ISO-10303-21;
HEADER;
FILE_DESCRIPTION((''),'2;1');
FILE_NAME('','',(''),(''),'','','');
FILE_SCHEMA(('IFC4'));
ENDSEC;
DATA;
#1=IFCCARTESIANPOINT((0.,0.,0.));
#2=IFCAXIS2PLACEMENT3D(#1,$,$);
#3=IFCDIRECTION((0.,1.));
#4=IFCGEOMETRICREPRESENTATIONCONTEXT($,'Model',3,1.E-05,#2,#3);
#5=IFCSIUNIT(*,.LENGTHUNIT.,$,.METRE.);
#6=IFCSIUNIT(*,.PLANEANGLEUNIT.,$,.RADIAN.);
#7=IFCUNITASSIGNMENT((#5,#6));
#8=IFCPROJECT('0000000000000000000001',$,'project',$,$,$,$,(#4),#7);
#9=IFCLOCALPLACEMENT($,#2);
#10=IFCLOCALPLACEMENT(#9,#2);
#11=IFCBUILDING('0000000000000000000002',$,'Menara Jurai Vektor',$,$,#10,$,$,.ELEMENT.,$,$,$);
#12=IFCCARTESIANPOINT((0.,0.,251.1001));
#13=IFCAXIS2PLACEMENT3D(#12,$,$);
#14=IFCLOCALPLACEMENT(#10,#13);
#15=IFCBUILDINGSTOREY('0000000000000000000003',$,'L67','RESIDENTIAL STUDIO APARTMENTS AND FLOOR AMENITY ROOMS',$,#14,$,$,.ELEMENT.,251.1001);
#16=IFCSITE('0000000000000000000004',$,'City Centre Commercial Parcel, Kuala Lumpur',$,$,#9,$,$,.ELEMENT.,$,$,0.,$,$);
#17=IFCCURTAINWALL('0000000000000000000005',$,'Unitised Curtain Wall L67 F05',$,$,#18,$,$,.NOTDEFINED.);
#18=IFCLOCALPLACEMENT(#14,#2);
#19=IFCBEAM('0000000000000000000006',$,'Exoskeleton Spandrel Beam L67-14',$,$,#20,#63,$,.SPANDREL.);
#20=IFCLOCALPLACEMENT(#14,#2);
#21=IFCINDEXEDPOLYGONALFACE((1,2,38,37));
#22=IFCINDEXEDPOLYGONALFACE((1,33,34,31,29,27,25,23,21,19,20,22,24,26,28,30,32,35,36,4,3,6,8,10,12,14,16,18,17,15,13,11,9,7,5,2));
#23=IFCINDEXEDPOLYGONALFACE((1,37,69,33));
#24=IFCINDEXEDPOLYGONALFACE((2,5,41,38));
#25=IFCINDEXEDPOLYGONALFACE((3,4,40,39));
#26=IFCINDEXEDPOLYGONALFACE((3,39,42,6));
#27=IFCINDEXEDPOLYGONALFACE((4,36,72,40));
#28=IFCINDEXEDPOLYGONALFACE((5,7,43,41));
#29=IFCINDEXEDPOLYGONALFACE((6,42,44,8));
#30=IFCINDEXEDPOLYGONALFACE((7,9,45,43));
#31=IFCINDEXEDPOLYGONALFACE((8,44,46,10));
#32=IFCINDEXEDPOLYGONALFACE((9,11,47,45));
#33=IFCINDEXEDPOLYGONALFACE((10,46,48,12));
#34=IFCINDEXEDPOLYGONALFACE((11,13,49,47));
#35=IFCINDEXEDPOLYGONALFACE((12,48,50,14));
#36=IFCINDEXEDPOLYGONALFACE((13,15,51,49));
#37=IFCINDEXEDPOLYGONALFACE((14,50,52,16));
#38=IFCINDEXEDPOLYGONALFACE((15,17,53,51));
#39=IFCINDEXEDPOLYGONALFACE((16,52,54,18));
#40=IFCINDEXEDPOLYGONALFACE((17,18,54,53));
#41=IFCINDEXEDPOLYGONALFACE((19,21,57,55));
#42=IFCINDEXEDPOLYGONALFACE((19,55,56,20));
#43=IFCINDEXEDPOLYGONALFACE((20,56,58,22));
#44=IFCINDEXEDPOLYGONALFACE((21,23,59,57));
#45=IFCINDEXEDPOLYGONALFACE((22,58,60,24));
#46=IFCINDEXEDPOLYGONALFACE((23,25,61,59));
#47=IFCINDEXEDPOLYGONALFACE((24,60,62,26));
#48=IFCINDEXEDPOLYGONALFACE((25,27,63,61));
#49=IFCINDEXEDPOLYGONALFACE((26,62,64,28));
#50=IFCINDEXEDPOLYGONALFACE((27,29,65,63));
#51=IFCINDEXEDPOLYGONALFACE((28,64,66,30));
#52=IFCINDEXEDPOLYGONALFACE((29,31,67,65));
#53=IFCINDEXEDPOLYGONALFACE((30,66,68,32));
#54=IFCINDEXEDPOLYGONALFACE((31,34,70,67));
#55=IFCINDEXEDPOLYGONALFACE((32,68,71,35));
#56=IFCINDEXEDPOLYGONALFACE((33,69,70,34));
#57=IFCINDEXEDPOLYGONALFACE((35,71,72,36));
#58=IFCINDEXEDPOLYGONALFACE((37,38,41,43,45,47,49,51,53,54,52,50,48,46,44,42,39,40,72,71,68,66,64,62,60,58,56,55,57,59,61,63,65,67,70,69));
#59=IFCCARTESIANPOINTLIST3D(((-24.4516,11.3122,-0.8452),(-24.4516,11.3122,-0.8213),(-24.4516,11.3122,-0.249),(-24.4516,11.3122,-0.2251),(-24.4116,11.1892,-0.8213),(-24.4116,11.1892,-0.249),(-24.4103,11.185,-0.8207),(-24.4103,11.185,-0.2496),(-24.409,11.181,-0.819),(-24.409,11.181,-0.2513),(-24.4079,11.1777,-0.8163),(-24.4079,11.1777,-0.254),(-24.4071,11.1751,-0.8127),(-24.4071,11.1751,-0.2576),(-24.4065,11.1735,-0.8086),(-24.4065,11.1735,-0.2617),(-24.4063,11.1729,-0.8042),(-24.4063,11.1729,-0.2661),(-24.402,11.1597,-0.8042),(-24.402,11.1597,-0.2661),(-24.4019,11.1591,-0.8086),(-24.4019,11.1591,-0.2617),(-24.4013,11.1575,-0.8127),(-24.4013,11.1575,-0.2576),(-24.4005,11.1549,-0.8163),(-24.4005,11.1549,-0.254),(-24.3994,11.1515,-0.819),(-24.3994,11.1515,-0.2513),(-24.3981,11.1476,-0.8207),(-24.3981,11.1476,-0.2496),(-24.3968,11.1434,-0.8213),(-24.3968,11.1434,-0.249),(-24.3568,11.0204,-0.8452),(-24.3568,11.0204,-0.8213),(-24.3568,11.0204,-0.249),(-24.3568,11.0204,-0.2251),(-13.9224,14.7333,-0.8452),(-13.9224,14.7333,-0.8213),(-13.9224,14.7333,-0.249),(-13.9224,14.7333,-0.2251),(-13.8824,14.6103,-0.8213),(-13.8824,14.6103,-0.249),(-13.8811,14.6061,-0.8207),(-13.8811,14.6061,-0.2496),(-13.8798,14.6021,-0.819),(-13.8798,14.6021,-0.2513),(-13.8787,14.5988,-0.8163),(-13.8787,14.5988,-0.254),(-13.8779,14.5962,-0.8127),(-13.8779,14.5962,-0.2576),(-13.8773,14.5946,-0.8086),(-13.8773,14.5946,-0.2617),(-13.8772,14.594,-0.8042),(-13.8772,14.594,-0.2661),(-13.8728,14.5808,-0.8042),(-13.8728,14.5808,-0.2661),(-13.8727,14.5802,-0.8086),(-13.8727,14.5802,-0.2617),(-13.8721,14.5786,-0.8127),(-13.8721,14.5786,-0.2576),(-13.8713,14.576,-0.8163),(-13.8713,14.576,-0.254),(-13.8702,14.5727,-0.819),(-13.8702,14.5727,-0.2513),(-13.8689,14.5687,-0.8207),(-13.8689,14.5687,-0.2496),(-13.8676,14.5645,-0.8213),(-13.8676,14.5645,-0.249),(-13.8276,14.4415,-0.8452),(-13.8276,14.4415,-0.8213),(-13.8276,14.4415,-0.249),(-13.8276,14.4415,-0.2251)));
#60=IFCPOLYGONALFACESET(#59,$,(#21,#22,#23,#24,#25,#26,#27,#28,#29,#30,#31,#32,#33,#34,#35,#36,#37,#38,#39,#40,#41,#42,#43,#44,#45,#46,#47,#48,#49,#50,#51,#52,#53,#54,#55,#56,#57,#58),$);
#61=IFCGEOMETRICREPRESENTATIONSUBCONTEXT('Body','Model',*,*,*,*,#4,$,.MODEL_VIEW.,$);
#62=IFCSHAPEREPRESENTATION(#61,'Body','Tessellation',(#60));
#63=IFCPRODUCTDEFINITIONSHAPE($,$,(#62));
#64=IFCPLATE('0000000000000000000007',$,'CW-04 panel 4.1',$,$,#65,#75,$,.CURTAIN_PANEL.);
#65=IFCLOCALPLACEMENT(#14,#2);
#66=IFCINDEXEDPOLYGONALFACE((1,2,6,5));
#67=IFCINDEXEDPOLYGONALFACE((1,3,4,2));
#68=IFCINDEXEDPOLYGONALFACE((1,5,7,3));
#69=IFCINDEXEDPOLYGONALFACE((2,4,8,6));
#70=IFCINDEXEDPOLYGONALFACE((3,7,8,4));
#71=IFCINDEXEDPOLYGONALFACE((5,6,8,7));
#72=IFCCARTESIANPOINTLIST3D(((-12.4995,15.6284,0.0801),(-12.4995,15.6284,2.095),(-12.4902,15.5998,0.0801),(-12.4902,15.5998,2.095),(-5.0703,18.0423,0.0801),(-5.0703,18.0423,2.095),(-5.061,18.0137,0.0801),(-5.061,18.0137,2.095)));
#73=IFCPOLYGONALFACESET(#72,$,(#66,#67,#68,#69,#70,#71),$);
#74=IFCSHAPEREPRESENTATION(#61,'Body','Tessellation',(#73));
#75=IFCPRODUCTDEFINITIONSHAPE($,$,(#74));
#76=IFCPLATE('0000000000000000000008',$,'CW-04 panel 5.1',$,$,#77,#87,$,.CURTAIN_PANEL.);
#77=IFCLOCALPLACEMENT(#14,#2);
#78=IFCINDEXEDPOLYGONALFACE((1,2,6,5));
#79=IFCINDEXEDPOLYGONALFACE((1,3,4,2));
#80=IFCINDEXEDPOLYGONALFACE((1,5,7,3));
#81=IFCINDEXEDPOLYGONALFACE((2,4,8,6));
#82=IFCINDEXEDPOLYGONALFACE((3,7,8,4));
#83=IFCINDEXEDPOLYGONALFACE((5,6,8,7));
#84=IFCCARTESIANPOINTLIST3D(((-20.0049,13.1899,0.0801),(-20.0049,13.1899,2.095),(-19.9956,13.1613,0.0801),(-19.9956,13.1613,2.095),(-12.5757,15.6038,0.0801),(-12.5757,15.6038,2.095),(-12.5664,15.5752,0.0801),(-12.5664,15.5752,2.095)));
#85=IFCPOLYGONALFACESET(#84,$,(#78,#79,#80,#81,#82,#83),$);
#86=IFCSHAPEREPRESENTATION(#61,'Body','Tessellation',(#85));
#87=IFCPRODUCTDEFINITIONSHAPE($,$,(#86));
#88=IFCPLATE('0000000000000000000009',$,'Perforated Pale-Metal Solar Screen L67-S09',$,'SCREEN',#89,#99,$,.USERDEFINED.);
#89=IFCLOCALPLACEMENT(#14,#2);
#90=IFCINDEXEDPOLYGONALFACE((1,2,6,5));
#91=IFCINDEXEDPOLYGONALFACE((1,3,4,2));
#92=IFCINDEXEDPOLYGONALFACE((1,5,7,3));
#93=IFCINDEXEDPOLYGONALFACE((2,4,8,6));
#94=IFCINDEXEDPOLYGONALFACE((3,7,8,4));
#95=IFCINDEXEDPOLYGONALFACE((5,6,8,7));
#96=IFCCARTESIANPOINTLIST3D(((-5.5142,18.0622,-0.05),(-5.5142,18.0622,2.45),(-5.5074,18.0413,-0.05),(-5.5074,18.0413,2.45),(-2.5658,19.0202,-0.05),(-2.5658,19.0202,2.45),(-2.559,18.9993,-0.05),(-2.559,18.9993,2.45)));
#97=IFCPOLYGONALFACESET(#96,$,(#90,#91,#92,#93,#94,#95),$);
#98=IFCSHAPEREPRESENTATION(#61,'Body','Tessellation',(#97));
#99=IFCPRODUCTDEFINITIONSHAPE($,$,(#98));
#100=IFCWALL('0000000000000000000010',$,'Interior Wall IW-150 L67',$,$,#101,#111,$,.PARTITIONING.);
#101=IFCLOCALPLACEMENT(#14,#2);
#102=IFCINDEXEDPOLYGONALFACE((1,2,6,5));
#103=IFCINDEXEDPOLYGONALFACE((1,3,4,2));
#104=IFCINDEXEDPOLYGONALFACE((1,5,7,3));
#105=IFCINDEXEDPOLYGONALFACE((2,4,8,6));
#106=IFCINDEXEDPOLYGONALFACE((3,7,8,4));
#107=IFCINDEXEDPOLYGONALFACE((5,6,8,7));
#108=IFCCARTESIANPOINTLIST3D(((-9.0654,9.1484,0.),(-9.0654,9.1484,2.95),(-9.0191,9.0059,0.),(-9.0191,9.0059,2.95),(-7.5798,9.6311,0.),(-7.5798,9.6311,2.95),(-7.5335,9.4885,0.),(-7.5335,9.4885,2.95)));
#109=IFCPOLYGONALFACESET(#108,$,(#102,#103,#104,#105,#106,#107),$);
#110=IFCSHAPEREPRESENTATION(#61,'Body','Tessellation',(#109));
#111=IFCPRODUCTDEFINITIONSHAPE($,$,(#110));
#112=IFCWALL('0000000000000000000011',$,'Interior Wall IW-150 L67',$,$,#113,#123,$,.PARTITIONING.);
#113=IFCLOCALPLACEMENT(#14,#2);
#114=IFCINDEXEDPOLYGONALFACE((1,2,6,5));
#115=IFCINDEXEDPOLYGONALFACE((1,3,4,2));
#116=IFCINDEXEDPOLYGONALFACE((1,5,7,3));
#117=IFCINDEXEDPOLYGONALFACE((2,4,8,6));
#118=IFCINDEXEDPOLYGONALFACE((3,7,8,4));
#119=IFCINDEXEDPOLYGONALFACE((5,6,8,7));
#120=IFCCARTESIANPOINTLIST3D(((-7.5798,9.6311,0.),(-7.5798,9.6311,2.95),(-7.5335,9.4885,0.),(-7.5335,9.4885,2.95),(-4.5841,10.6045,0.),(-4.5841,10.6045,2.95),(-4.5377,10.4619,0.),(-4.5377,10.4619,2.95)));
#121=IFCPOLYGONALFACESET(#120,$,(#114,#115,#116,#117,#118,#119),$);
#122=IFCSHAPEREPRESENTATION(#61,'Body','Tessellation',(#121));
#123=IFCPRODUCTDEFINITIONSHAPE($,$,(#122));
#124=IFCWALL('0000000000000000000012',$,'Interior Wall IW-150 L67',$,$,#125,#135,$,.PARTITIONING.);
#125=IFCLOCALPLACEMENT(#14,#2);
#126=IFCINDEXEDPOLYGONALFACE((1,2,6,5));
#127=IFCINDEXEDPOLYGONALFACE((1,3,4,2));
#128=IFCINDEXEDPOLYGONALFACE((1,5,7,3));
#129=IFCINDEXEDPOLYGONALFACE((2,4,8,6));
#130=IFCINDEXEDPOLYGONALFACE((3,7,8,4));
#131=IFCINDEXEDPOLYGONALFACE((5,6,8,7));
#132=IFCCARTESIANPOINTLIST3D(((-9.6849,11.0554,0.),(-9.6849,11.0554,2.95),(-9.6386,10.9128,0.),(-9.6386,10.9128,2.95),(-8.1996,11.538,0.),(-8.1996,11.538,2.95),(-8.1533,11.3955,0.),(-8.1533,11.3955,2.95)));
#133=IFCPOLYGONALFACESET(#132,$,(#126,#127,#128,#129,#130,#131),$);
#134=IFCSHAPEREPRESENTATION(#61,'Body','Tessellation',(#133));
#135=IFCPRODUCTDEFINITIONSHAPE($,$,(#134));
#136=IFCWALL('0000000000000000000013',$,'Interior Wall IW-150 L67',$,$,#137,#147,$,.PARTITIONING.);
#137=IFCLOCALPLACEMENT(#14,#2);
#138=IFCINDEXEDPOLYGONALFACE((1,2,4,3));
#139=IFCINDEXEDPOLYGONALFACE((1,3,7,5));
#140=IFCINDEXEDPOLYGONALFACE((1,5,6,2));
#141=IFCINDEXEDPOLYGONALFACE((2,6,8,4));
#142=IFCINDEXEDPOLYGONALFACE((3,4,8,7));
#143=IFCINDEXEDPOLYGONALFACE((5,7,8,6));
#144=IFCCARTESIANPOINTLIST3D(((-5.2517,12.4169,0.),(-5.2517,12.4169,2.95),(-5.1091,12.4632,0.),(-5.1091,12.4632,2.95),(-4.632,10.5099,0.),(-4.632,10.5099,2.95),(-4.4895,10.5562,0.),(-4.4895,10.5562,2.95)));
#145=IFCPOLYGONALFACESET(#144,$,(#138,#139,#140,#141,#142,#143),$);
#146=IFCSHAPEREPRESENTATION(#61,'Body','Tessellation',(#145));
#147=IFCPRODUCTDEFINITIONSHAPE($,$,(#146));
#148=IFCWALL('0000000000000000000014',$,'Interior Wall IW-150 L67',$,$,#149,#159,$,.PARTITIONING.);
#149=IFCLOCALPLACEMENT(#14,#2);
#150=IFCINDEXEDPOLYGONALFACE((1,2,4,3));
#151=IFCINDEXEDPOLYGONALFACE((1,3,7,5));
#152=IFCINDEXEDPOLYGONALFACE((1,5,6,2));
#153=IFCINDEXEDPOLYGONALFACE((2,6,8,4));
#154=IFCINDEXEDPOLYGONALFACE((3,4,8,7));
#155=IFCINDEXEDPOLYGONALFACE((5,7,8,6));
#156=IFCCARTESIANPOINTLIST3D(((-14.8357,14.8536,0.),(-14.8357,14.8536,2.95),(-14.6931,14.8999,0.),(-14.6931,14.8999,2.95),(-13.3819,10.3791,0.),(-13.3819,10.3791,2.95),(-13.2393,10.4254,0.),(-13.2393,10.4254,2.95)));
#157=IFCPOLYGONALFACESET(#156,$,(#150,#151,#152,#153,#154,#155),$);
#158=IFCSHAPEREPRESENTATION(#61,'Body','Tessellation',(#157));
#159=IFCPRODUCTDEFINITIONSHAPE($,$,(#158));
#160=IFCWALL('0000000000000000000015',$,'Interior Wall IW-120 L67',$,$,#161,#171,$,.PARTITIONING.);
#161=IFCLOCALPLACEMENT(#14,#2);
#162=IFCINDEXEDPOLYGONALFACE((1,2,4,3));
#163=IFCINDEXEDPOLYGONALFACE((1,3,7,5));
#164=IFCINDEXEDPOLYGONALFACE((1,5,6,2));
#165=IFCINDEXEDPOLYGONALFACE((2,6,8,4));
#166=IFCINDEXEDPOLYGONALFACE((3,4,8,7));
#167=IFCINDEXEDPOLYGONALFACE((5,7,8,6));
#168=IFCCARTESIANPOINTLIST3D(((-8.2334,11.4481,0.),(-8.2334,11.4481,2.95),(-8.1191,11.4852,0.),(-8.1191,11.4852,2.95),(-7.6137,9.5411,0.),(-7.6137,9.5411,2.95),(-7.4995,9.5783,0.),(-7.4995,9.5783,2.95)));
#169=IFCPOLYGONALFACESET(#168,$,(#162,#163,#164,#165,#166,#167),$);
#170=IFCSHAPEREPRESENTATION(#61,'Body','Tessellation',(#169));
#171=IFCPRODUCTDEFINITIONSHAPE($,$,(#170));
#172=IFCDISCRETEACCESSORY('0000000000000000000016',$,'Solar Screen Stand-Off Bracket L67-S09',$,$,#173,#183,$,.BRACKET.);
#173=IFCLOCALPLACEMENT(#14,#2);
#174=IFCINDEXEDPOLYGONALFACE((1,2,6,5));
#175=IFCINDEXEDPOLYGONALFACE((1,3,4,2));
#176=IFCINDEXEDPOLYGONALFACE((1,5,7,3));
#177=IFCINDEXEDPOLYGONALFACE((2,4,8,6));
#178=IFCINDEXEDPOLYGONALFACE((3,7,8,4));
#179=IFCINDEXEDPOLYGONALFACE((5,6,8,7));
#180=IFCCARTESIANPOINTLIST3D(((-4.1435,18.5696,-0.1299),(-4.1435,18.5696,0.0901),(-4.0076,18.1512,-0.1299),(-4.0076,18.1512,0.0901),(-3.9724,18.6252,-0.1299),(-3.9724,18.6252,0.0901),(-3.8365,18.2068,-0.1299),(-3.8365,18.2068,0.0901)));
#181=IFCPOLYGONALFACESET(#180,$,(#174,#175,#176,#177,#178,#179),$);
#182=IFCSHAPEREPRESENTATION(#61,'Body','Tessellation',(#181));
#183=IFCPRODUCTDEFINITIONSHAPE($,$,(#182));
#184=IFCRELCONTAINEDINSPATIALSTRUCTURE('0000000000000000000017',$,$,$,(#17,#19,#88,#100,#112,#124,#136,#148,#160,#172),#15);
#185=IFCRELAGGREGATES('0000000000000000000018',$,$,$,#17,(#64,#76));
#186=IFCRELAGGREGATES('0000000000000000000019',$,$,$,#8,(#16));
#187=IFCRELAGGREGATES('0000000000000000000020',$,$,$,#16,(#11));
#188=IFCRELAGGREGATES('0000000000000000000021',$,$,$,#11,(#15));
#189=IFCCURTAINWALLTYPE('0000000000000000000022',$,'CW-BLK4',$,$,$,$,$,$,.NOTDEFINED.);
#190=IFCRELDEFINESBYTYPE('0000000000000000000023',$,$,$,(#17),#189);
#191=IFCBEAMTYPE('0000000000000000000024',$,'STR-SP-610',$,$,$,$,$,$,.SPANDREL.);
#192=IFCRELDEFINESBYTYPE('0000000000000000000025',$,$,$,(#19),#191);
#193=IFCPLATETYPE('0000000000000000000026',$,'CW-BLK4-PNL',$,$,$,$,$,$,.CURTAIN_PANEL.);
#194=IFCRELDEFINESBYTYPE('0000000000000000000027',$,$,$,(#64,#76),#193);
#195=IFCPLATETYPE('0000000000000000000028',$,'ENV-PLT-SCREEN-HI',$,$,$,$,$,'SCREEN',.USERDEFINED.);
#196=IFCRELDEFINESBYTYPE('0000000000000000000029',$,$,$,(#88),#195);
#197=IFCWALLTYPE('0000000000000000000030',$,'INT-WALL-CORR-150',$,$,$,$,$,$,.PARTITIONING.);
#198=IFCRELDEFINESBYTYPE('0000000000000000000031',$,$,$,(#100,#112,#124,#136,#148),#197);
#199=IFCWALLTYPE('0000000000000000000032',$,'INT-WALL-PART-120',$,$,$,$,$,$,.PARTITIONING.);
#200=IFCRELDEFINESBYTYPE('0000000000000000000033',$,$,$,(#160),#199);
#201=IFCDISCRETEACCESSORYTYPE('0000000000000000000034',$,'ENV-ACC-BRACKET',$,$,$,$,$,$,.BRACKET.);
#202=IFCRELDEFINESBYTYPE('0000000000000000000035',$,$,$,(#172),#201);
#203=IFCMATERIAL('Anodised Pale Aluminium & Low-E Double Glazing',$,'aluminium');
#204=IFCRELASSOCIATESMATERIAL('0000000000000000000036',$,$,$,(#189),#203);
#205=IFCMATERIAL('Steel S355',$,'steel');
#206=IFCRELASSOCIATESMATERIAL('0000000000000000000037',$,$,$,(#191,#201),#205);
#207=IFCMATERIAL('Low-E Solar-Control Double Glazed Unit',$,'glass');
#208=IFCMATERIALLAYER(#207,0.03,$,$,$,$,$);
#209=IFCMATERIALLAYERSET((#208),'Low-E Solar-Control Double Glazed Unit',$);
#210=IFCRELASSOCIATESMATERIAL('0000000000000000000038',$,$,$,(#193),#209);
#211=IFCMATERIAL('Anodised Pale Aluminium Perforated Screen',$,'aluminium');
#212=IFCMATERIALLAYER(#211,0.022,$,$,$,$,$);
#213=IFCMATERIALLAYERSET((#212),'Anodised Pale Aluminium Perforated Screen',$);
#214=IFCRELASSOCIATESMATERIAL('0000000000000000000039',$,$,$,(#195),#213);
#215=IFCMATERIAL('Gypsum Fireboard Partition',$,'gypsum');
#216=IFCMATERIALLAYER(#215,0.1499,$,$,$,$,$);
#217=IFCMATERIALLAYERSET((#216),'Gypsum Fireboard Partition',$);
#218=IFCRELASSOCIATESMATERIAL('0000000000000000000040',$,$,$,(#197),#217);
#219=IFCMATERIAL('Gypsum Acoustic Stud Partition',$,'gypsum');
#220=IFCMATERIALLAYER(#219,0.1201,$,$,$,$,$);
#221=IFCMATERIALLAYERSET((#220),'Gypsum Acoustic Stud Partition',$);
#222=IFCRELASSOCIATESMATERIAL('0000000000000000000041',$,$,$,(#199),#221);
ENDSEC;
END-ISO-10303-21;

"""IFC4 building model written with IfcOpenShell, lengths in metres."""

from ifc_helpers import new_model, si_unit, direction, frame, frame_2d, origin, origin_2d, place, context, subcontext, project, spatial, rectangle, i_section, extrude, material, layer, layer_set, material_profile, profile_set, type_object, element, aggregate, save


model = new_model("IFC4")

# Units and contexts
model_context = context("Model", 3, precision=1e-05, world=origin(), true_north=direction((0.0, 1.0)))
body_context = subcontext(model_context, "Body", "Model", "MODEL_VIEW")
ifc_project = project(units=[si_unit("LENGTHUNIT", "METRE"), si_unit("PLANEANGLEUNIT", "RADIAN")], contexts=[model_context])

# Site, building, storey
site_placement = place(None, origin())
site = spatial("IfcSite", under=ifc_project, at=site_placement, Name="City Centre Commercial Parcel, Kuala Lumpur", CompositionType="ELEMENT", RefElevation=0.0)
building_placement = place(site_placement, origin())
building = spatial("IfcBuilding", under=site, at=building_placement, Name="Menara Jurai Vektor", CompositionType="ELEMENT")
storey_placement = place(building_placement, frame((0.0, 0.0, 251.1001)))
storey = spatial("IfcBuildingStorey", under=building, at=storey_placement, Name="L67", Description="RESIDENTIAL STUDIO APARTMENTS AND FLOOR AMENITY ROOMS", CompositionType="ELEMENT", Elevation=251.1001)

# Curtain wall
ifc_material_1 = material(Name="Anodised Pale Aluminium & Low-E Double Glazing", Category="aluminium")
curtain_wall_type = type_object("IfcCurtainWallType", Name="CW-BLK4", PredefinedType="NOTDEFINED", material=ifc_material_1)
curtain_wall_placement = place(storey_placement, origin())
curtain_wall = element("IfcCurtainWall", 1, at=curtain_wall_placement, inside=storey, type_object=curtain_wall_type, Name="Unitised Curtain Wall L67 F05", PredefinedType="NOTDEFINED")

# Beam
ifc_material_2 = material(Name="Steel S355", Category="steel")
ifc_material_profile_1 = material_profile(ifc_material_2, i_section(OverallWidth=0.3069, OverallDepth=0.6201, WebThickness=0.0139, FlangeThickness=0.0239, FilletRadius=0.0171, at=origin_2d()), Name="UKB 610x305x179")
ifc_profile_set_1 = profile_set([ifc_material_profile_1], Name="Steel S355")
beam_type_1 = type_object("IfcBeamType", Name="STR-SP-610", PredefinedType="SPANDREL", material=ifc_profile_set_1)
for number, where, z_axis, x_axis, name in (
    (2, (-13.875, 14.5874, -0.5352), (-0.951057, -0.309014, 0.0), (0.309014, -0.951057, 0.0), "Exoskeleton Spandrel Beam L67-14"),
):
    element("IfcBeam", number, at=place(storey_placement, frame(where, z_axis=z_axis, x_axis=x_axis)), inside=storey, type_object=beam_type_1, Name=name, PredefinedType="SPANDREL", context=body_context, shape_type="SweptSolid", body=[
        extrude(i_section(OverallWidth=0.3069, OverallDepth=0.6201, WebThickness=0.0139, FlangeThickness=0.0239, FilletRadius=0.0171, at=origin_2d()), origin(), (0.0, 0.0, 1.0), 11.071),
    ])

# Plates
ifc_material_3 = material(Name="Low-E Solar-Control Double Glazed Unit", Category="glass")
ifc_layer_1 = layer(ifc_material_3, 0.03)
ifc_layer_set_1 = layer_set([ifc_layer_1], Name="Low-E Solar-Control Double Glazed Unit")
plate_type_1 = type_object("IfcPlateType", Name="CW-BLK4-PNL", PredefinedType="CURTAIN_PANEL", material=ifc_layer_set_1)
plate_1_placement = place(storey_placement, frame((-8.7803, 16.821, 0.0801), z_axis=(0.0, 0.0, 1.0), x_axis=(-0.951056, -0.309017, 0.0)))
plate_1 = element("IfcPlate", 3, at=plate_1_placement, type_object=plate_type_1, Name="CW-04 panel 4.1", PredefinedType="CURTAIN_PANEL", context=body_context, shape_type="SweptSolid", body=[
    extrude(rectangle(XDim=7.8115, YDim=0.03, at=origin_2d()), origin(), (0.0, 0.0, 1.0), 2.0149),
])
plate_2_placement = place(storey_placement, frame((-16.2856, 14.3826, 0.0801), z_axis=(0.0, 0.0, 1.0), x_axis=(-0.951056, -0.309017, 0.0)))
plate_2 = element("IfcPlate", 4, at=plate_2_placement, type_object=plate_type_1, Name="CW-04 panel 5.1", PredefinedType="CURTAIN_PANEL", context=body_context, shape_type="SweptSolid", body=[
    extrude(rectangle(XDim=7.8115, YDim=0.03, at=origin_2d()), origin(), (0.0, 0.0, 1.0), 2.0149),
])
aggregate(curtain_wall, [plate_1, plate_2])
ifc_material_4 = material(Name="Anodised Pale Aluminium Perforated Screen", Category="aluminium")
ifc_layer_2 = layer(ifc_material_4, 0.022)
ifc_layer_set_2 = layer_set([ifc_layer_2], Name="Anodised Pale Aluminium Perforated Screen")
plate_type_2 = type_object("IfcPlateType", Name="ENV-PLT-SCREEN-HI", ElementType="SCREEN", PredefinedType="USERDEFINED", material=ifc_layer_set_2)
plate_3_placement = place(storey_placement, frame((-4.0366, 18.5308, -0.05), z_axis=(0.0, 0.0, 1.0), x_axis=(-0.951057, -0.309017, 0.0)))
element("IfcPlate", 5, at=plate_3_placement, inside=storey, type_object=plate_type_2, Name="Perforated Pale-Metal Solar Screen L67-S09", ObjectType="SCREEN", PredefinedType="USERDEFINED", context=body_context, shape_type="SweptSolid", body=[
    extrude(rectangle(XDim=3.1001, YDim=0.022, at=origin_2d()), origin(), (0.0, 0.0, 1.0), 2.5),
])

# Shared definitions
ifc_material_5 = material(Name="Gypsum Fireboard Partition", Category="gypsum")
ifc_layer_3 = layer(ifc_material_5, 0.1499)
ifc_layer_set_3 = layer_set([ifc_layer_3], Name="Gypsum Fireboard Partition")
wall_type_1 = type_object("IfcWallType", Name="INT-WALL-CORR-150", PredefinedType="PARTITIONING", material=ifc_layer_set_3)

# Walls
wall_1_placement = place(storey_placement, frame((-9.0422, 9.0771, 0.0), z_axis=(0.0, 0.0, 1.0), x_axis=(0.951063, 0.308998, 0.0)))
element("IfcWall", 6, at=wall_1_placement, inside=storey, type_object=wall_type_1, Name="Interior Wall IW-150 L67", PredefinedType="PARTITIONING", context=body_context, shape_type="SweptSolid", body=[
    extrude(rectangle(XDim=1.562, YDim=0.1499, at=frame_2d((0.781, 0.0))), origin(), (0.0, 0.0, 1.0), 2.95),
])
wall_2_placement = place(storey_placement, frame((-7.5566, 9.5598, 0.0), z_axis=(0.0, 0.0, 1.0), x_axis=(0.951059, 0.309011, 0.0)))
element("IfcWall", 7, at=wall_2_placement, inside=storey, type_object=wall_type_1, Name="Interior Wall IW-150 L67", PredefinedType="PARTITIONING", context=body_context, shape_type="SweptSolid", body=[
    extrude(rectangle(XDim=3.1499, YDim=0.1499, at=frame_2d((1.575, 0.0))), origin(), (0.0, 0.0, 1.0), 2.95),
])

# Wall
wall_3_placement = place(storey_placement, frame((-9.6616, 10.9841, 0.0), z_axis=(0.0, 0.0, 1.0), x_axis=(0.951048, 0.309044, 0.0)))
element("IfcWall", 8, at=wall_3_placement, inside=storey, type_object=wall_type_1, Name="Interior Wall IW-150 L67", PredefinedType="PARTITIONING", context=body_context, shape_type="SweptSolid", body=[
    extrude(rectangle(XDim=1.5618, YDim=0.1499, at=frame_2d((0.7808, 0.0))), origin(), (0.0, 0.0, 1.0), 2.95),
])

# Walls
wall_4_placement = place(storey_placement, frame((-4.5608, 10.5332, 0.0), z_axis=(0.0, 0.0, 1.0), x_axis=(-0.309023, 0.951055, 0.0)))
element("IfcWall", 9, at=wall_4_placement, inside=storey, type_object=wall_type_1, Name="Interior Wall IW-150 L67", PredefinedType="PARTITIONING", context=body_context, shape_type="SweptSolid", body=[
    extrude(rectangle(XDim=2.0051, YDim=0.1499, at=frame_2d((1.0024, 0.0))), origin(), (0.0, 0.0, 1.0), 2.95),
])
wall_5_placement = place(storey_placement, frame((-13.3105, 10.4021, 0.0), z_axis=(0.0, 0.0, 1.0), x_axis=(-0.309011, 0.951058, 0.0)))
element("IfcWall", 10, at=wall_5_placement, inside=storey, type_object=wall_type_1, Name="Interior Wall IW-150 L67", PredefinedType="PARTITIONING", context=body_context, shape_type="SweptSolid", body=[
    extrude(rectangle(XDim=4.7048, YDim=0.1499, at=frame_2d((2.3525, 0.0))), origin(), (0.0, 0.0, 1.0), 2.95),
])
ifc_material_6 = material(Name="Gypsum Acoustic Stud Partition", Category="gypsum")
ifc_layer_4 = layer(ifc_material_6, 0.1201)
ifc_layer_set_4 = layer_set([ifc_layer_4], Name="Gypsum Acoustic Stud Partition")
wall_type_2 = type_object("IfcWallType", Name="INT-WALL-PART-120", PredefinedType="PARTITIONING", material=ifc_layer_set_4)
wall_6_placement = place(storey_placement, frame((-7.5566, 9.5598, 0.0), z_axis=(0.0, 0.0, 1.0), x_axis=(-0.309023, 0.951055, 0.0)))
element("IfcWall", 11, at=wall_6_placement, inside=storey, type_object=wall_type_2, Name="Interior Wall IW-120 L67", PredefinedType="PARTITIONING", context=body_context, shape_type="SweptSolid", body=[
    extrude(rectangle(XDim=2.0051, YDim=0.1201, at=frame_2d((1.0024, 0.0))), origin(), (0.0, 0.0, 1.0), 2.95),
])

# Discrete accessory
discrete_accessory_type = type_object("IfcDiscreteAccessoryType", Name="ENV-ACC-BRACKET", PredefinedType="BRACKET", material=ifc_material_2)
discrete_accessory_placement = place(storey_placement, frame((-3.99, 18.3882, -0.1299), z_axis=(0.0, 0.0, 1.0), x_axis=(-0.951057, -0.309017, 0.0)))
element("IfcDiscreteAccessory", 12, at=discrete_accessory_placement, inside=storey, type_object=discrete_accessory_type, Name="Solar Screen Stand-Off Bracket L67-S09", PredefinedType="BRACKET", context=body_context, shape_type="SweptSolid", body=[
    extrude(rectangle(XDim=0.1799, YDim=0.4399, at=origin_2d()), origin(), (0.0, 0.0, 1.0), 0.22),
])

save(model, "model.ifc")
